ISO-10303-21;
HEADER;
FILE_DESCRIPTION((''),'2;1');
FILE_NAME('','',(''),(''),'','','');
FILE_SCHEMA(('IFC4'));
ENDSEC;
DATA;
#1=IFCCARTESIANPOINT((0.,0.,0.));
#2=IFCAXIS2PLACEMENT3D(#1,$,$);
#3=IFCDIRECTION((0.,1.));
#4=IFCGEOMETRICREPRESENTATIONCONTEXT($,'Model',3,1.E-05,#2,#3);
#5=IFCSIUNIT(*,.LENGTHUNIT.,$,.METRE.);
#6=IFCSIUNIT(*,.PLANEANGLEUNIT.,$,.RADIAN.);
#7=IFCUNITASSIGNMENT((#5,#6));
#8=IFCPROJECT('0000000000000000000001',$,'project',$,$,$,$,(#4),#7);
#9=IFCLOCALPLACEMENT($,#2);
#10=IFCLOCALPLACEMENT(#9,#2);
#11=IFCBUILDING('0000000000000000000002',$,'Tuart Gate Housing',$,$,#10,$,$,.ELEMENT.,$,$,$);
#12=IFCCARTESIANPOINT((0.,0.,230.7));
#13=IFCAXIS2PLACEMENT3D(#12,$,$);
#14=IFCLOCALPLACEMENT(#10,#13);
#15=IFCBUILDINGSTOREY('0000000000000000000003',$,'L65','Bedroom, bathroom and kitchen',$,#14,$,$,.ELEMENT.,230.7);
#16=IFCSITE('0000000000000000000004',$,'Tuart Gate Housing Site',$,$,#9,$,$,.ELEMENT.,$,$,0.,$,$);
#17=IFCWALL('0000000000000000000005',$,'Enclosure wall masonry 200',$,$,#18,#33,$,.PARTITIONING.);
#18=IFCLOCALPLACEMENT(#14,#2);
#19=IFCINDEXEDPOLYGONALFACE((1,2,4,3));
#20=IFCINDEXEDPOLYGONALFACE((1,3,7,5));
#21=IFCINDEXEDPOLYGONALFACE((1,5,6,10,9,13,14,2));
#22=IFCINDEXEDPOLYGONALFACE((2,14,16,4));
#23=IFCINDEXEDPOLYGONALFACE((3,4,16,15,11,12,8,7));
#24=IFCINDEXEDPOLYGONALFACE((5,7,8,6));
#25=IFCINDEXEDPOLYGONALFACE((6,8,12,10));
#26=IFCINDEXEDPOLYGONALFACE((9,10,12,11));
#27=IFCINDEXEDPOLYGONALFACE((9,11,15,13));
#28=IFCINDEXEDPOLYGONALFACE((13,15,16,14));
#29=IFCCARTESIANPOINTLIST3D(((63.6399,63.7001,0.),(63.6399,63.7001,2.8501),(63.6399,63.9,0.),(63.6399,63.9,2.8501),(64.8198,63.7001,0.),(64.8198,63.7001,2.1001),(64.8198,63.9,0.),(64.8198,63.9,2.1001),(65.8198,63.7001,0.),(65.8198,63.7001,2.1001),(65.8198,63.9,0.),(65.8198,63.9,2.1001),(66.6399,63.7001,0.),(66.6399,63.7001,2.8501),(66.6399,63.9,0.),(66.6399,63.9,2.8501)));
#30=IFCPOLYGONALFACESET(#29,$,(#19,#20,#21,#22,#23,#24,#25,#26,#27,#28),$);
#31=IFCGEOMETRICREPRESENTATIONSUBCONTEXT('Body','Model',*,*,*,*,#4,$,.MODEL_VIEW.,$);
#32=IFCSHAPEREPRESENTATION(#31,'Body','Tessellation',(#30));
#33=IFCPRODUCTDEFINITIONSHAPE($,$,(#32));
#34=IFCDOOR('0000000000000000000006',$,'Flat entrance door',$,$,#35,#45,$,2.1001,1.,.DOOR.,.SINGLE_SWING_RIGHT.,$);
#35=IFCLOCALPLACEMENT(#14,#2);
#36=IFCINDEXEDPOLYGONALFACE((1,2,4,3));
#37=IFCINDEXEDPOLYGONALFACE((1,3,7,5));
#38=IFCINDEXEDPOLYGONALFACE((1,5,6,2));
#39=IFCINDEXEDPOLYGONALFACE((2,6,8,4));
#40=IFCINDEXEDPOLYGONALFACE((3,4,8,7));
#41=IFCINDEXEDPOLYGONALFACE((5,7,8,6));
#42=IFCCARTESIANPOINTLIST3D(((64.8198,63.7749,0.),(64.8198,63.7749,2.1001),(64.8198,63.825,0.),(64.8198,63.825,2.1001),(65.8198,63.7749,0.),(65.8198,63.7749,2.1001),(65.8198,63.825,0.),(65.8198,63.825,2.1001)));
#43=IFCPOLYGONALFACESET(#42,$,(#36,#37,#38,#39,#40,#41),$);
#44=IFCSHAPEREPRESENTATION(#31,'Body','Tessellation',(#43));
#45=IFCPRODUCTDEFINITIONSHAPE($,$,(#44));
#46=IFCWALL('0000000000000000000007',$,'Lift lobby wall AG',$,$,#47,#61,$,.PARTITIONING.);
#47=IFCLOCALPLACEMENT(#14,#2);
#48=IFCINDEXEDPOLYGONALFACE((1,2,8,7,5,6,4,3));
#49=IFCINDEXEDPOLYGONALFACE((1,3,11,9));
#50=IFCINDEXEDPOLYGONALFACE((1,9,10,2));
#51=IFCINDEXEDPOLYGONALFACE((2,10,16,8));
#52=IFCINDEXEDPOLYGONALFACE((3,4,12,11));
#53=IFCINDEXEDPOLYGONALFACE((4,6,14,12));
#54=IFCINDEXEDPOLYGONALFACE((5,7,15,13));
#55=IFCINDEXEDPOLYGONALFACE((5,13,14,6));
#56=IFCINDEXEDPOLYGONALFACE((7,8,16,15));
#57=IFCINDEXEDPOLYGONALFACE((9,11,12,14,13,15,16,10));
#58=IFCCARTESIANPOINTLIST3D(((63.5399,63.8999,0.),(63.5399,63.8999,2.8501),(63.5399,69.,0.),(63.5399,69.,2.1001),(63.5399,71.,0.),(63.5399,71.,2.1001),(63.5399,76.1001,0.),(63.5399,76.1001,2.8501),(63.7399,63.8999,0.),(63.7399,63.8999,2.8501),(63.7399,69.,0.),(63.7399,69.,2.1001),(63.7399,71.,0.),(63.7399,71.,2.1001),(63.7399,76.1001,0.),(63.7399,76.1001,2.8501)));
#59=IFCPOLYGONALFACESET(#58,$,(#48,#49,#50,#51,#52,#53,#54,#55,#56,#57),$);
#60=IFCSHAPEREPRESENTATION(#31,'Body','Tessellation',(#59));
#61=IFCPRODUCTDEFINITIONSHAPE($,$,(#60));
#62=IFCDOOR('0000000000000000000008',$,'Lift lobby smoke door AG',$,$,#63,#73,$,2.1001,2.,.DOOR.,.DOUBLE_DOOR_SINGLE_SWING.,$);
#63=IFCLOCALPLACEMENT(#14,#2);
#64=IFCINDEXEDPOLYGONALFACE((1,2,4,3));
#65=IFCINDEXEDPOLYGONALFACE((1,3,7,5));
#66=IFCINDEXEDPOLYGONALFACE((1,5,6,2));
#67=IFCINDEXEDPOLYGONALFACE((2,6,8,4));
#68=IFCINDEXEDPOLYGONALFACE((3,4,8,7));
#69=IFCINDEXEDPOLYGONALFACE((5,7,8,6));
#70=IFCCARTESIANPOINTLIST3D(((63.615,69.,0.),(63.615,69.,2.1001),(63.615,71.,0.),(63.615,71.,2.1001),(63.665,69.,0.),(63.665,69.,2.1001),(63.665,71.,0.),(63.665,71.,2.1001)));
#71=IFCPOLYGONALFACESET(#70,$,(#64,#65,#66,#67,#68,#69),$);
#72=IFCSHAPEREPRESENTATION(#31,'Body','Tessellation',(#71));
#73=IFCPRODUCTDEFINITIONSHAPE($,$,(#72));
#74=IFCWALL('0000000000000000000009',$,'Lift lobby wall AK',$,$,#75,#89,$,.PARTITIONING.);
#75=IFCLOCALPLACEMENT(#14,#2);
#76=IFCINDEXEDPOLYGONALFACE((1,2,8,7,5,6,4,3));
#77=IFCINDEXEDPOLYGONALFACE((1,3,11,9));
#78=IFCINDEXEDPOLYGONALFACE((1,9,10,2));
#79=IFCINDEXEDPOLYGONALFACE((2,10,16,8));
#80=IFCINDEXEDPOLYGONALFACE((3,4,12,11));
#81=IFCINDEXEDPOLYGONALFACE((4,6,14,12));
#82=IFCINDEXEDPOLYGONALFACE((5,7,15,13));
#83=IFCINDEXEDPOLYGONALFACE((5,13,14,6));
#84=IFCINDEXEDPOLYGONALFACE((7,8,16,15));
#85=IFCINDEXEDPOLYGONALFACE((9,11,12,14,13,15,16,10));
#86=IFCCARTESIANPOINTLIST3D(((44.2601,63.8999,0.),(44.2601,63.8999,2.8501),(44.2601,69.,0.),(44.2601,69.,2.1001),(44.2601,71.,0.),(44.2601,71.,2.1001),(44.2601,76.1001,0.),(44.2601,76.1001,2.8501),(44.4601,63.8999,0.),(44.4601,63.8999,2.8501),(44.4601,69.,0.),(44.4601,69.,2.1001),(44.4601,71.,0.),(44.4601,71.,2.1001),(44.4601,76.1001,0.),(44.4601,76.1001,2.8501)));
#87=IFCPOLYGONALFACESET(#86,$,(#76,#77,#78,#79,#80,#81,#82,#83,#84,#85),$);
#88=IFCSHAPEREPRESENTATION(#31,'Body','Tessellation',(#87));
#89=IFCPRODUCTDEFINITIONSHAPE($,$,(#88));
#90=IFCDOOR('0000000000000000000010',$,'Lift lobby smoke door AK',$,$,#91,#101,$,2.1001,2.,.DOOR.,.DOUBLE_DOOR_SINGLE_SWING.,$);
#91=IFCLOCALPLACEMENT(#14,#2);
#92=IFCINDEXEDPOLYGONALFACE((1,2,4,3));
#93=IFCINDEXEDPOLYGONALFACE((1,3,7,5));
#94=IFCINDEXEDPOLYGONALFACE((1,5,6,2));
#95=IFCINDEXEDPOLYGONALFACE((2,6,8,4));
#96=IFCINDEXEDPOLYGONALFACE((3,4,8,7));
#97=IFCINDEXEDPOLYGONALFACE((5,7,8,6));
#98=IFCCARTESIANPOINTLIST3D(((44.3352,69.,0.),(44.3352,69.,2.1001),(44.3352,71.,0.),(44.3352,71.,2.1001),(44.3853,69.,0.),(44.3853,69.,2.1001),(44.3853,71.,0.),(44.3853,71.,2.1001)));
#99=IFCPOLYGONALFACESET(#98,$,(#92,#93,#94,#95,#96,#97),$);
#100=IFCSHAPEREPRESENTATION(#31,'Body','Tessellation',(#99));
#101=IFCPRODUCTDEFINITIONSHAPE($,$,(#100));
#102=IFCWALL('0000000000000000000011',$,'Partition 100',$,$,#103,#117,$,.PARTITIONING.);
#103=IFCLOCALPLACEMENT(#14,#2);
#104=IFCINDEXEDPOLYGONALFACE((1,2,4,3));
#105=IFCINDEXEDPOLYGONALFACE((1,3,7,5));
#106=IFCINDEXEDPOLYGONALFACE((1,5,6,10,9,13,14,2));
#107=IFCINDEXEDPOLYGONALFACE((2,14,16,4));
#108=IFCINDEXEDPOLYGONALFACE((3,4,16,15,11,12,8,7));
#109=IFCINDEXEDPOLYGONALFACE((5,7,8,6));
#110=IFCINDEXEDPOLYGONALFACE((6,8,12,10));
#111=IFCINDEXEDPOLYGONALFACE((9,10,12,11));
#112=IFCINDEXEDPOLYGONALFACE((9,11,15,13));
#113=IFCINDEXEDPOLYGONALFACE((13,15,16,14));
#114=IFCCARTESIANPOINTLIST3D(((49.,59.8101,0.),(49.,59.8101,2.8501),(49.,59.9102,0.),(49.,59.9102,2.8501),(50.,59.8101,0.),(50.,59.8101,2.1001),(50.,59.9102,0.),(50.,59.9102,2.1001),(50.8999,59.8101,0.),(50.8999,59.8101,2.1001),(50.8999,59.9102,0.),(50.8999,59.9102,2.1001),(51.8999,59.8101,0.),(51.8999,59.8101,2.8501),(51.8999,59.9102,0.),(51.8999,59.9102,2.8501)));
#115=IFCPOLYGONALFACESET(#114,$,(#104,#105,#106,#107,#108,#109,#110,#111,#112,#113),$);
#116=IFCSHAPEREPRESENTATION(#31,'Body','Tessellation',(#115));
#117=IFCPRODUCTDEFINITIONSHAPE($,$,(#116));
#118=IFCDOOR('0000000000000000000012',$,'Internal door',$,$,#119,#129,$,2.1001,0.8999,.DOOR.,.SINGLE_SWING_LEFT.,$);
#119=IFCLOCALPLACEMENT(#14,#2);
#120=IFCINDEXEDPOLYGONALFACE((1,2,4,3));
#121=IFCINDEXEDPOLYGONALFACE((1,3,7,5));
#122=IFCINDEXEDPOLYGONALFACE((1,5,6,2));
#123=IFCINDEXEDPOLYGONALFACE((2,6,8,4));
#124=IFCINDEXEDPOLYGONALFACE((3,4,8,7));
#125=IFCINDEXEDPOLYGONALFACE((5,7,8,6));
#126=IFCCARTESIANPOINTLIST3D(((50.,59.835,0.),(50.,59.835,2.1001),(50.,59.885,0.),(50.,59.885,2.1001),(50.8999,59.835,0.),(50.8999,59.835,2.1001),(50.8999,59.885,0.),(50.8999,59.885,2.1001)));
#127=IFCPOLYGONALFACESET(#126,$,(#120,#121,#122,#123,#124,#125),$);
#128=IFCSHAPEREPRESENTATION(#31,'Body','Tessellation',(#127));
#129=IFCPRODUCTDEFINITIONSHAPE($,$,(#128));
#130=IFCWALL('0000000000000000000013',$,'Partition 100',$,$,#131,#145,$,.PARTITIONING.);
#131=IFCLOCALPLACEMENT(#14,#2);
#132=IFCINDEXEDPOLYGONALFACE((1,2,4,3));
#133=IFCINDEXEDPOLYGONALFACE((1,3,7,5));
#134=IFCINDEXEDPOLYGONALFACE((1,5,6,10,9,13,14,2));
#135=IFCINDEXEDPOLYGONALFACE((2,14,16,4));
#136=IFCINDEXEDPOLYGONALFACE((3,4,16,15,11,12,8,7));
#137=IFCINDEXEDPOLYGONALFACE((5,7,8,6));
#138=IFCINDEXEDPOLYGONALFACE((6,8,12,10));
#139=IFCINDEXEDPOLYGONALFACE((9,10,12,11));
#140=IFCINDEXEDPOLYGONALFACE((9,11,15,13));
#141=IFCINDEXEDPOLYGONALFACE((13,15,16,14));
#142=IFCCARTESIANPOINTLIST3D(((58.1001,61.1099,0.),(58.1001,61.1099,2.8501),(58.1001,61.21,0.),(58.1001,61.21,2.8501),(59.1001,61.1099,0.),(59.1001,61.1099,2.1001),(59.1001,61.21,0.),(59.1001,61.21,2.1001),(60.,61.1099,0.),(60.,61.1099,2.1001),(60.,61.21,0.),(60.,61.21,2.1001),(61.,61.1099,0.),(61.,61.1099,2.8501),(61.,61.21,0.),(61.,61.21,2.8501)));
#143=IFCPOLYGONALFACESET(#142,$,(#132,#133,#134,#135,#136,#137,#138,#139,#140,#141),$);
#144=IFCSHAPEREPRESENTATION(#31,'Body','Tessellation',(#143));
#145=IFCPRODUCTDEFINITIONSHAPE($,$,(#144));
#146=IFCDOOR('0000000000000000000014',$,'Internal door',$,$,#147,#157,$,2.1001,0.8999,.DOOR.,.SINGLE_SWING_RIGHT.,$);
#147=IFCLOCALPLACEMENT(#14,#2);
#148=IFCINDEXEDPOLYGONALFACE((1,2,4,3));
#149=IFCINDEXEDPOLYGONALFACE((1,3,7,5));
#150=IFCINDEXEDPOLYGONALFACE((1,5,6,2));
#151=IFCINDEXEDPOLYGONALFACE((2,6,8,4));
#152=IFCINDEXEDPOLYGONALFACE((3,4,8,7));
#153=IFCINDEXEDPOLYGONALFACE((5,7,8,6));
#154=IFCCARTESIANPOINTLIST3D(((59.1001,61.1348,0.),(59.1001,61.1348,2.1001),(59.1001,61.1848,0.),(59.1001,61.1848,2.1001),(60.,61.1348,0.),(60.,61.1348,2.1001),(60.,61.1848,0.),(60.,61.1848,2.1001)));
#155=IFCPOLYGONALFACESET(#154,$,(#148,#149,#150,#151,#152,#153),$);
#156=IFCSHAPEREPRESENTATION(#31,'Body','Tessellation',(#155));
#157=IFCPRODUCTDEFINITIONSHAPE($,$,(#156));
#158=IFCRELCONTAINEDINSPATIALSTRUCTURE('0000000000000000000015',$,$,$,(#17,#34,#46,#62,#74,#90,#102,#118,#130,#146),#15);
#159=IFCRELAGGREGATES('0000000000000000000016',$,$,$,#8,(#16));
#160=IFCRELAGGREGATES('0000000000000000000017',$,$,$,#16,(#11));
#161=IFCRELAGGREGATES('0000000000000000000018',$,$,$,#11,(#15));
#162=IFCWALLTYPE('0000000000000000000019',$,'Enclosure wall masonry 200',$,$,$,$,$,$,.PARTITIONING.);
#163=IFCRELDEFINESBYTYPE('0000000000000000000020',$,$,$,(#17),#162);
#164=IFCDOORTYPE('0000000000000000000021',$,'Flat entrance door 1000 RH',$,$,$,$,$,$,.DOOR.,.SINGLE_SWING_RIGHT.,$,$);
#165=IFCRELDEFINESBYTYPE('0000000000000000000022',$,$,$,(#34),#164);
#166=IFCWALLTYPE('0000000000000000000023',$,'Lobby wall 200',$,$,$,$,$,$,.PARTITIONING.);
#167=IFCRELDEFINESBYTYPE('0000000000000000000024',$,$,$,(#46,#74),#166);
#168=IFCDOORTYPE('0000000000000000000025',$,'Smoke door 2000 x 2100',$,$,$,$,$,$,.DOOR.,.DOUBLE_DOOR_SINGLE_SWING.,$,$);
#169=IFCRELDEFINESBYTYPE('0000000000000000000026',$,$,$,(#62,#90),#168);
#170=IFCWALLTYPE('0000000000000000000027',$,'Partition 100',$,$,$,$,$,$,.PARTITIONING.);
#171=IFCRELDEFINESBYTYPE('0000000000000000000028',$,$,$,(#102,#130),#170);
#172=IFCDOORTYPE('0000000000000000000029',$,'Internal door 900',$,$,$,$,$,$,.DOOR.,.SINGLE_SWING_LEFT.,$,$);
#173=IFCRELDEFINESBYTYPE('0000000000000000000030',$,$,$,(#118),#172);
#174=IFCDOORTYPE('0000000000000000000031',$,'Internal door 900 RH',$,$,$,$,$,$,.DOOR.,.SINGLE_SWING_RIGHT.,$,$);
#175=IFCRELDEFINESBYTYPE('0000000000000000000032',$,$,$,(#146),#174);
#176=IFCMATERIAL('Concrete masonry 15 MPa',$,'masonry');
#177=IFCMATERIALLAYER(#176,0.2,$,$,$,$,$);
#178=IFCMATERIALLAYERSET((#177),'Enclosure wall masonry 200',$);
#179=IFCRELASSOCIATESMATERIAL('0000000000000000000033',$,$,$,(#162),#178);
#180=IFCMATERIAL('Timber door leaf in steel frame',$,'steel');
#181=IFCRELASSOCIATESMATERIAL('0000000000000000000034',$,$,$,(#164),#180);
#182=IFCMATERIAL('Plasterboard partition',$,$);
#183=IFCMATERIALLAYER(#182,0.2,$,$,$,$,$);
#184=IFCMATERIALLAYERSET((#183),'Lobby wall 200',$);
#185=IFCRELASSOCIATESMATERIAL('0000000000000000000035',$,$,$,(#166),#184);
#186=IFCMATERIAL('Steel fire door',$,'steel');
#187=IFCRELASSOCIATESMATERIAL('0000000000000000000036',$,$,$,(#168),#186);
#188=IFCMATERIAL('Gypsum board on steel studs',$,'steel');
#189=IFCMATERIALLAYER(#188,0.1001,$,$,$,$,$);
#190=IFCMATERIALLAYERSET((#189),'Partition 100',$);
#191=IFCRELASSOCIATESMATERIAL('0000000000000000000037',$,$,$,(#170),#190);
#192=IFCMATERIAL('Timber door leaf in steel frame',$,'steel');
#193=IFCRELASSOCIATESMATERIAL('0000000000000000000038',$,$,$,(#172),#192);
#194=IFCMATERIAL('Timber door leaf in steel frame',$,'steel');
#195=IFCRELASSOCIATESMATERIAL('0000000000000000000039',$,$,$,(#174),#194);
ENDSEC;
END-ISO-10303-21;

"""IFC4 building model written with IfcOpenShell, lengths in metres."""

from ifc_helpers import new_model, si_unit, direction, frame, frame_2d, origin, place, context, subcontext, project, spatial, rectangle, extrude, material, layer, layer_set, type_object, element, fill, save


model = new_model("IFC4")

# Units and contexts
model_context = context("Model", 3, precision=1e-05, world=origin(), true_north=direction((0.0, 1.0)))
body_context = subcontext(model_context, "Body", "Model", "MODEL_VIEW")
ifc_project = project(units=[si_unit("LENGTHUNIT", "METRE"), si_unit("PLANEANGLEUNIT", "RADIAN")], contexts=[model_context])

# Site, building, storey
site_placement = place(None, origin())
site = spatial("IfcSite", under=ifc_project, at=site_placement, Name="Tuart Gate Housing Site", CompositionType="ELEMENT", RefElevation=0.0)
building_placement = place(site_placement, origin())
building = spatial("IfcBuilding", under=site, at=building_placement, Name="Tuart Gate Housing", CompositionType="ELEMENT")
storey_placement = place(building_placement, frame((0.0, 0.0, 230.7)))
storey = spatial("IfcBuildingStorey", under=building, at=storey_placement, Name="L65", Description="Bedroom, bathroom and kitchen", CompositionType="ELEMENT", Elevation=230.7)

# Walls, openings, doors
ifc_material_1 = material(Name="Concrete masonry 15 MPa", Category="masonry")
ifc_layer_1 = layer(ifc_material_1, 0.2)
ifc_layer_set_1 = layer_set([ifc_layer_1], Name="Enclosure wall masonry 200")
wall_type_1 = type_object("IfcWallType", Name="Enclosure wall masonry 200", PredefinedType="PARTITIONING", material=ifc_layer_set_1)
wall_1_placement = place(storey_placement, frame((63.6399, 63.8, 0.0), z_axis=(0.0, 0.0, 1.0), x_axis=(1.0, 0.0, 0.0)))
wall_1 = element("IfcWall", 1, at=wall_1_placement, inside=storey, type_object=wall_type_1, Name="Enclosure wall masonry 200", PredefinedType="PARTITIONING", context=body_context, shape_type="SweptSolid", body=[
    extrude(rectangle(XDim=3.0, YDim=0.2, at=frame_2d((1.5, 0.0))), origin(), (0.0, 0.0, 1.0), 2.8501),
])
opening_1_placement = place(wall_1_placement, frame((1.1799, 0.0, 0.0)))
opening_1 = element("IfcOpeningElement", 2, at=opening_1_placement, cuts=wall_1, PredefinedType="OPENING", context=body_context, shape_type="SweptSolid", body=[
    extrude(rectangle(XDim=1.0, YDim=2.1001, at=frame_2d((0.5, 1.05))), frame((0.0, 0.1099, 0.0), z_axis=(0.0, -1.0, 0.0), x_axis=(1.0, 0.0, 0.0)), (0.0, 0.0, 1.0), 0.22),
])
ifc_material_2 = material(Name="Timber door leaf in steel frame", Category="steel")
door_type_1 = type_object("IfcDoorType", Name="Flat entrance door 1000 RH", OperationType="SINGLE_SWING_RIGHT", PredefinedType="DOOR", material=ifc_material_2)
door_1_placement = place(opening_1_placement, frame((1.0, 0.0, 0.0), z_axis=(0.0, 0.0, 1.0), x_axis=(-1.0, 0.0, 0.0)))
door_1 = element("IfcDoor", 3, at=door_1_placement, inside=storey, type_object=door_type_1, Name="Flat entrance door", OperationType="SINGLE_SWING_RIGHT", OverallHeight=2.1001, OverallWidth=1.0, PredefinedType="DOOR", context=body_context, shape_type="SweptSolid", body=[
    extrude(rectangle(XDim=1.0, YDim=2.1001, at=frame_2d((0.5, 1.05))), frame((0.0, 0.0251, 0.0), z_axis=(0.0, -1.0, 0.0), x_axis=(1.0, 0.0, 0.0)), (0.0, 0.0, 1.0), 0.05),
])
fill(opening_1, door_1)
ifc_material_3 = material(Name="Plasterboard partition")
ifc_layer_2 = layer(ifc_material_3, 0.2)
ifc_layer_set_2 = layer_set([ifc_layer_2], Name="Lobby wall 200")
wall_type_2 = type_object("IfcWallType", Name="Lobby wall 200", PredefinedType="PARTITIONING", material=ifc_layer_set_2)
wall_2_placement = place(storey_placement, frame((63.6399, 63.8999, 0.0), z_axis=(0.0, 0.0, 1.0), x_axis=(0.0, 1.0, 0.0)))
wall_2 = element("IfcWall", 4, at=wall_2_placement, inside=storey, type_object=wall_type_2, Name="Lift lobby wall AG", PredefinedType="PARTITIONING", context=body_context, shape_type="SweptSolid", body=[
    extrude(rectangle(XDim=12.2002, YDim=0.2, at=frame_2d((6.1001, 0.0))), origin(), (0.0, 0.0, 1.0), 2.8501),
])
opening_2_placement = place(wall_2_placement, frame((5.1001, 0.0, 0.0)))
opening_2 = element("IfcOpeningElement", 5, at=opening_2_placement, cuts=wall_2, PredefinedType="OPENING", context=body_context, shape_type="SweptSolid", body=[
    extrude(rectangle(XDim=2.0, YDim=2.1001, at=frame_2d((1.0, 1.05))), frame((0.0, 0.1099, 0.0), z_axis=(0.0, -1.0, 0.0), x_axis=(1.0, 0.0, 0.0)), (0.0, 0.0, 1.0), 0.22),
])
ifc_material_4 = material(Name="Steel fire door", Category="steel")
door_type_2 = type_object("IfcDoorType", Name="Smoke door 2000 x 2100", OperationType="DOUBLE_DOOR_SINGLE_SWING", PredefinedType="DOOR", material=ifc_material_4)
door_2_placement = place(opening_2_placement, frame((2.0, 0.0, 0.0), z_axis=(0.0, 0.0, 1.0), x_axis=(-1.0, 0.0, 0.0)))
door_2 = element("IfcDoor", 6, at=door_2_placement, inside=storey, type_object=door_type_2, Name="Lift lobby smoke door AG", OperationType="DOUBLE_DOOR_SINGLE_SWING", OverallHeight=2.1001, OverallWidth=2.0, PredefinedType="DOOR", context=body_context, shape_type="SweptSolid", body=[
    extrude(rectangle(XDim=2.0, YDim=2.1001, at=frame_2d((1.0, 1.05))), frame((0.0, 0.0251, 0.0), z_axis=(0.0, -1.0, 0.0), x_axis=(1.0, 0.0, 0.0)), (0.0, 0.0, 1.0), 0.05),
])
fill(opening_2, door_2)
wall_3_placement = place(storey_placement, frame((44.3601, 63.8999, 0.0), z_axis=(0.0, 0.0, 1.0), x_axis=(0.0, 1.0, 0.0)))
wall_3 = element("IfcWall", 7, at=wall_3_placement, inside=storey, type_object=wall_type_2, Name="Lift lobby wall AK", PredefinedType="PARTITIONING", context=body_context, shape_type="SweptSolid", body=[
    extrude(rectangle(XDim=12.2002, YDim=0.2, at=frame_2d((6.1001, 0.0))), origin(), (0.0, 0.0, 1.0), 2.8501),
])
opening_3_placement = place(wall_3_placement, frame((5.1001, 0.0, 0.0)))
opening_3 = element("IfcOpeningElement", 8, at=opening_3_placement, cuts=wall_3, PredefinedType="OPENING", context=body_context, shape_type="SweptSolid", body=[
    extrude(rectangle(XDim=2.0, YDim=2.1001, at=frame_2d((1.0, 1.05))), frame((0.0, 0.1099, 0.0), z_axis=(0.0, -1.0, 0.0), x_axis=(1.0, 0.0, 0.0)), (0.0, 0.0, 1.0), 0.22),
])
door_3_placement = place(opening_3_placement, origin())
door_3 = element("IfcDoor", 9, at=door_3_placement, inside=storey, type_object=door_type_2, Name="Lift lobby smoke door AK", OperationType="DOUBLE_DOOR_SINGLE_SWING", OverallHeight=2.1001, OverallWidth=2.0, PredefinedType="DOOR", context=body_context, shape_type="SweptSolid", body=[
    extrude(rectangle(XDim=2.0, YDim=2.1001, at=frame_2d((1.0, 1.05))), frame((0.0, 0.0249, 0.0), z_axis=(0.0, -1.0, 0.0), x_axis=(1.0, 0.0, 0.0)), (0.0, 0.0, 1.0), 0.05),
])
fill(opening_3, door_3)
ifc_material_5 = material(Name="Gypsum board on steel studs", Category="steel")
ifc_layer_3 = layer(ifc_material_5, 0.1001)
ifc_layer_set_3 = layer_set([ifc_layer_3], Name="Partition 100")
wall_type_3 = type_object("IfcWallType", Name="Partition 100", PredefinedType="PARTITIONING", material=ifc_layer_set_3)
wall_4_placement = place(storey_placement, frame((49.0, 59.8601, 0.0), z_axis=(0.0, 0.0, 1.0), x_axis=(1.0, 0.0, 0.0)))
wall_4 = element("IfcWall", 10, at=wall_4_placement, inside=storey, type_object=wall_type_3, Name="Partition 100", PredefinedType="PARTITIONING", context=body_context, shape_type="SweptSolid", body=[
    extrude(rectangle(XDim=2.8999, YDim=0.1001, at=frame_2d((1.45, 0.0))), origin(), (0.0, 0.0, 1.0), 2.8501),
])
opening_4_placement = place(wall_4_placement, frame((1.0, 0.0, 0.0)))
opening_4 = element("IfcOpeningElement", 11, at=opening_4_placement, cuts=wall_4, PredefinedType="OPENING", context=body_context, shape_type="SweptSolid", body=[
    extrude(rectangle(XDim=0.8999, YDim=2.1001, at=frame_2d((0.45, 1.05))), frame((0.0, 0.0601, 0.0), z_axis=(0.0, -1.0, 0.0), x_axis=(1.0, 0.0, 0.0)), (0.0, 0.0, 1.0), 0.1201),
])
ifc_material_6 = material(Name="Timber door leaf in steel frame", Category="steel")
door_type_3 = type_object("IfcDoorType", Name="Internal door 900", OperationType="SINGLE_SWING_LEFT", PredefinedType="DOOR", material=ifc_material_6)
door_4_placement = place(opening_4_placement, origin())
door_4 = element("IfcDoor", 12, at=door_4_placement, inside=storey, type_object=door_type_3, Name="Internal door", OperationType="SINGLE_SWING_LEFT", OverallHeight=2.1001, OverallWidth=0.8999, PredefinedType="DOOR", context=body_context, shape_type="SweptSolid", body=[
    extrude(rectangle(XDim=0.8999, YDim=2.1001, at=frame_2d((0.45, 1.05))), frame((0.0, 0.0249, 0.0), z_axis=(0.0, -1.0, 0.0), x_axis=(1.0, 0.0, 0.0)), (0.0, 0.0, 1.0), 0.05),
])
fill(opening_4, door_4)
wall_5_placement = place(storey_placement, frame((58.1001, 61.1599, 0.0), z_axis=(0.0, 0.0, 1.0), x_axis=(1.0, 0.0, 0.0)))
wall_5 = element("IfcWall", 13, at=wall_5_placement, inside=storey, type_object=wall_type_3, Name="Partition 100", PredefinedType="PARTITIONING", context=body_context, shape_type="SweptSolid", body=[
    extrude(rectangle(XDim=2.8999, YDim=0.1001, at=frame_2d((1.45, 0.0))), origin(), (0.0, 0.0, 1.0), 2.8501),
])
opening_5_placement = place(wall_5_placement, frame((1.0, 0.0, 0.0)))
opening_5 = element("IfcOpeningElement", 14, at=opening_5_placement, cuts=wall_5, PredefinedType="OPENING", context=body_context, shape_type="SweptSolid", body=[
    extrude(rectangle(XDim=0.8999, YDim=2.1001, at=frame_2d((0.45, 1.05))), frame((0.0, 0.0601, 0.0), z_axis=(0.0, -1.0, 0.0), x_axis=(1.0, 0.0, 0.0)), (0.0, 0.0, 1.0), 0.1201),
])
ifc_material_7 = material(Name="Timber door leaf in steel frame", Category="steel")
door_type_4 = type_object("IfcDoorType", Name="Internal door 900 RH", OperationType="SINGLE_SWING_RIGHT", PredefinedType="DOOR", material=ifc_material_7)
door_5_placement = place(opening_5_placement, origin())
door_5 = element("IfcDoor", 15, at=door_5_placement, inside=storey, type_object=door_type_4, Name="Internal door", OperationType="SINGLE_SWING_RIGHT", OverallHeight=2.1001, OverallWidth=0.8999, PredefinedType="DOOR", context=body_context, shape_type="SweptSolid", body=[
    extrude(rectangle(XDim=0.8999, YDim=2.1001, at=frame_2d((0.45, 1.05))), frame((0.0, 0.0249, 0.0), z_axis=(0.0, -1.0, 0.0), x_axis=(1.0, 0.0, 0.0)), (0.0, 0.0, 1.0), 0.05),
])
fill(opening_5, door_5)

save(model, "model.ifc")
